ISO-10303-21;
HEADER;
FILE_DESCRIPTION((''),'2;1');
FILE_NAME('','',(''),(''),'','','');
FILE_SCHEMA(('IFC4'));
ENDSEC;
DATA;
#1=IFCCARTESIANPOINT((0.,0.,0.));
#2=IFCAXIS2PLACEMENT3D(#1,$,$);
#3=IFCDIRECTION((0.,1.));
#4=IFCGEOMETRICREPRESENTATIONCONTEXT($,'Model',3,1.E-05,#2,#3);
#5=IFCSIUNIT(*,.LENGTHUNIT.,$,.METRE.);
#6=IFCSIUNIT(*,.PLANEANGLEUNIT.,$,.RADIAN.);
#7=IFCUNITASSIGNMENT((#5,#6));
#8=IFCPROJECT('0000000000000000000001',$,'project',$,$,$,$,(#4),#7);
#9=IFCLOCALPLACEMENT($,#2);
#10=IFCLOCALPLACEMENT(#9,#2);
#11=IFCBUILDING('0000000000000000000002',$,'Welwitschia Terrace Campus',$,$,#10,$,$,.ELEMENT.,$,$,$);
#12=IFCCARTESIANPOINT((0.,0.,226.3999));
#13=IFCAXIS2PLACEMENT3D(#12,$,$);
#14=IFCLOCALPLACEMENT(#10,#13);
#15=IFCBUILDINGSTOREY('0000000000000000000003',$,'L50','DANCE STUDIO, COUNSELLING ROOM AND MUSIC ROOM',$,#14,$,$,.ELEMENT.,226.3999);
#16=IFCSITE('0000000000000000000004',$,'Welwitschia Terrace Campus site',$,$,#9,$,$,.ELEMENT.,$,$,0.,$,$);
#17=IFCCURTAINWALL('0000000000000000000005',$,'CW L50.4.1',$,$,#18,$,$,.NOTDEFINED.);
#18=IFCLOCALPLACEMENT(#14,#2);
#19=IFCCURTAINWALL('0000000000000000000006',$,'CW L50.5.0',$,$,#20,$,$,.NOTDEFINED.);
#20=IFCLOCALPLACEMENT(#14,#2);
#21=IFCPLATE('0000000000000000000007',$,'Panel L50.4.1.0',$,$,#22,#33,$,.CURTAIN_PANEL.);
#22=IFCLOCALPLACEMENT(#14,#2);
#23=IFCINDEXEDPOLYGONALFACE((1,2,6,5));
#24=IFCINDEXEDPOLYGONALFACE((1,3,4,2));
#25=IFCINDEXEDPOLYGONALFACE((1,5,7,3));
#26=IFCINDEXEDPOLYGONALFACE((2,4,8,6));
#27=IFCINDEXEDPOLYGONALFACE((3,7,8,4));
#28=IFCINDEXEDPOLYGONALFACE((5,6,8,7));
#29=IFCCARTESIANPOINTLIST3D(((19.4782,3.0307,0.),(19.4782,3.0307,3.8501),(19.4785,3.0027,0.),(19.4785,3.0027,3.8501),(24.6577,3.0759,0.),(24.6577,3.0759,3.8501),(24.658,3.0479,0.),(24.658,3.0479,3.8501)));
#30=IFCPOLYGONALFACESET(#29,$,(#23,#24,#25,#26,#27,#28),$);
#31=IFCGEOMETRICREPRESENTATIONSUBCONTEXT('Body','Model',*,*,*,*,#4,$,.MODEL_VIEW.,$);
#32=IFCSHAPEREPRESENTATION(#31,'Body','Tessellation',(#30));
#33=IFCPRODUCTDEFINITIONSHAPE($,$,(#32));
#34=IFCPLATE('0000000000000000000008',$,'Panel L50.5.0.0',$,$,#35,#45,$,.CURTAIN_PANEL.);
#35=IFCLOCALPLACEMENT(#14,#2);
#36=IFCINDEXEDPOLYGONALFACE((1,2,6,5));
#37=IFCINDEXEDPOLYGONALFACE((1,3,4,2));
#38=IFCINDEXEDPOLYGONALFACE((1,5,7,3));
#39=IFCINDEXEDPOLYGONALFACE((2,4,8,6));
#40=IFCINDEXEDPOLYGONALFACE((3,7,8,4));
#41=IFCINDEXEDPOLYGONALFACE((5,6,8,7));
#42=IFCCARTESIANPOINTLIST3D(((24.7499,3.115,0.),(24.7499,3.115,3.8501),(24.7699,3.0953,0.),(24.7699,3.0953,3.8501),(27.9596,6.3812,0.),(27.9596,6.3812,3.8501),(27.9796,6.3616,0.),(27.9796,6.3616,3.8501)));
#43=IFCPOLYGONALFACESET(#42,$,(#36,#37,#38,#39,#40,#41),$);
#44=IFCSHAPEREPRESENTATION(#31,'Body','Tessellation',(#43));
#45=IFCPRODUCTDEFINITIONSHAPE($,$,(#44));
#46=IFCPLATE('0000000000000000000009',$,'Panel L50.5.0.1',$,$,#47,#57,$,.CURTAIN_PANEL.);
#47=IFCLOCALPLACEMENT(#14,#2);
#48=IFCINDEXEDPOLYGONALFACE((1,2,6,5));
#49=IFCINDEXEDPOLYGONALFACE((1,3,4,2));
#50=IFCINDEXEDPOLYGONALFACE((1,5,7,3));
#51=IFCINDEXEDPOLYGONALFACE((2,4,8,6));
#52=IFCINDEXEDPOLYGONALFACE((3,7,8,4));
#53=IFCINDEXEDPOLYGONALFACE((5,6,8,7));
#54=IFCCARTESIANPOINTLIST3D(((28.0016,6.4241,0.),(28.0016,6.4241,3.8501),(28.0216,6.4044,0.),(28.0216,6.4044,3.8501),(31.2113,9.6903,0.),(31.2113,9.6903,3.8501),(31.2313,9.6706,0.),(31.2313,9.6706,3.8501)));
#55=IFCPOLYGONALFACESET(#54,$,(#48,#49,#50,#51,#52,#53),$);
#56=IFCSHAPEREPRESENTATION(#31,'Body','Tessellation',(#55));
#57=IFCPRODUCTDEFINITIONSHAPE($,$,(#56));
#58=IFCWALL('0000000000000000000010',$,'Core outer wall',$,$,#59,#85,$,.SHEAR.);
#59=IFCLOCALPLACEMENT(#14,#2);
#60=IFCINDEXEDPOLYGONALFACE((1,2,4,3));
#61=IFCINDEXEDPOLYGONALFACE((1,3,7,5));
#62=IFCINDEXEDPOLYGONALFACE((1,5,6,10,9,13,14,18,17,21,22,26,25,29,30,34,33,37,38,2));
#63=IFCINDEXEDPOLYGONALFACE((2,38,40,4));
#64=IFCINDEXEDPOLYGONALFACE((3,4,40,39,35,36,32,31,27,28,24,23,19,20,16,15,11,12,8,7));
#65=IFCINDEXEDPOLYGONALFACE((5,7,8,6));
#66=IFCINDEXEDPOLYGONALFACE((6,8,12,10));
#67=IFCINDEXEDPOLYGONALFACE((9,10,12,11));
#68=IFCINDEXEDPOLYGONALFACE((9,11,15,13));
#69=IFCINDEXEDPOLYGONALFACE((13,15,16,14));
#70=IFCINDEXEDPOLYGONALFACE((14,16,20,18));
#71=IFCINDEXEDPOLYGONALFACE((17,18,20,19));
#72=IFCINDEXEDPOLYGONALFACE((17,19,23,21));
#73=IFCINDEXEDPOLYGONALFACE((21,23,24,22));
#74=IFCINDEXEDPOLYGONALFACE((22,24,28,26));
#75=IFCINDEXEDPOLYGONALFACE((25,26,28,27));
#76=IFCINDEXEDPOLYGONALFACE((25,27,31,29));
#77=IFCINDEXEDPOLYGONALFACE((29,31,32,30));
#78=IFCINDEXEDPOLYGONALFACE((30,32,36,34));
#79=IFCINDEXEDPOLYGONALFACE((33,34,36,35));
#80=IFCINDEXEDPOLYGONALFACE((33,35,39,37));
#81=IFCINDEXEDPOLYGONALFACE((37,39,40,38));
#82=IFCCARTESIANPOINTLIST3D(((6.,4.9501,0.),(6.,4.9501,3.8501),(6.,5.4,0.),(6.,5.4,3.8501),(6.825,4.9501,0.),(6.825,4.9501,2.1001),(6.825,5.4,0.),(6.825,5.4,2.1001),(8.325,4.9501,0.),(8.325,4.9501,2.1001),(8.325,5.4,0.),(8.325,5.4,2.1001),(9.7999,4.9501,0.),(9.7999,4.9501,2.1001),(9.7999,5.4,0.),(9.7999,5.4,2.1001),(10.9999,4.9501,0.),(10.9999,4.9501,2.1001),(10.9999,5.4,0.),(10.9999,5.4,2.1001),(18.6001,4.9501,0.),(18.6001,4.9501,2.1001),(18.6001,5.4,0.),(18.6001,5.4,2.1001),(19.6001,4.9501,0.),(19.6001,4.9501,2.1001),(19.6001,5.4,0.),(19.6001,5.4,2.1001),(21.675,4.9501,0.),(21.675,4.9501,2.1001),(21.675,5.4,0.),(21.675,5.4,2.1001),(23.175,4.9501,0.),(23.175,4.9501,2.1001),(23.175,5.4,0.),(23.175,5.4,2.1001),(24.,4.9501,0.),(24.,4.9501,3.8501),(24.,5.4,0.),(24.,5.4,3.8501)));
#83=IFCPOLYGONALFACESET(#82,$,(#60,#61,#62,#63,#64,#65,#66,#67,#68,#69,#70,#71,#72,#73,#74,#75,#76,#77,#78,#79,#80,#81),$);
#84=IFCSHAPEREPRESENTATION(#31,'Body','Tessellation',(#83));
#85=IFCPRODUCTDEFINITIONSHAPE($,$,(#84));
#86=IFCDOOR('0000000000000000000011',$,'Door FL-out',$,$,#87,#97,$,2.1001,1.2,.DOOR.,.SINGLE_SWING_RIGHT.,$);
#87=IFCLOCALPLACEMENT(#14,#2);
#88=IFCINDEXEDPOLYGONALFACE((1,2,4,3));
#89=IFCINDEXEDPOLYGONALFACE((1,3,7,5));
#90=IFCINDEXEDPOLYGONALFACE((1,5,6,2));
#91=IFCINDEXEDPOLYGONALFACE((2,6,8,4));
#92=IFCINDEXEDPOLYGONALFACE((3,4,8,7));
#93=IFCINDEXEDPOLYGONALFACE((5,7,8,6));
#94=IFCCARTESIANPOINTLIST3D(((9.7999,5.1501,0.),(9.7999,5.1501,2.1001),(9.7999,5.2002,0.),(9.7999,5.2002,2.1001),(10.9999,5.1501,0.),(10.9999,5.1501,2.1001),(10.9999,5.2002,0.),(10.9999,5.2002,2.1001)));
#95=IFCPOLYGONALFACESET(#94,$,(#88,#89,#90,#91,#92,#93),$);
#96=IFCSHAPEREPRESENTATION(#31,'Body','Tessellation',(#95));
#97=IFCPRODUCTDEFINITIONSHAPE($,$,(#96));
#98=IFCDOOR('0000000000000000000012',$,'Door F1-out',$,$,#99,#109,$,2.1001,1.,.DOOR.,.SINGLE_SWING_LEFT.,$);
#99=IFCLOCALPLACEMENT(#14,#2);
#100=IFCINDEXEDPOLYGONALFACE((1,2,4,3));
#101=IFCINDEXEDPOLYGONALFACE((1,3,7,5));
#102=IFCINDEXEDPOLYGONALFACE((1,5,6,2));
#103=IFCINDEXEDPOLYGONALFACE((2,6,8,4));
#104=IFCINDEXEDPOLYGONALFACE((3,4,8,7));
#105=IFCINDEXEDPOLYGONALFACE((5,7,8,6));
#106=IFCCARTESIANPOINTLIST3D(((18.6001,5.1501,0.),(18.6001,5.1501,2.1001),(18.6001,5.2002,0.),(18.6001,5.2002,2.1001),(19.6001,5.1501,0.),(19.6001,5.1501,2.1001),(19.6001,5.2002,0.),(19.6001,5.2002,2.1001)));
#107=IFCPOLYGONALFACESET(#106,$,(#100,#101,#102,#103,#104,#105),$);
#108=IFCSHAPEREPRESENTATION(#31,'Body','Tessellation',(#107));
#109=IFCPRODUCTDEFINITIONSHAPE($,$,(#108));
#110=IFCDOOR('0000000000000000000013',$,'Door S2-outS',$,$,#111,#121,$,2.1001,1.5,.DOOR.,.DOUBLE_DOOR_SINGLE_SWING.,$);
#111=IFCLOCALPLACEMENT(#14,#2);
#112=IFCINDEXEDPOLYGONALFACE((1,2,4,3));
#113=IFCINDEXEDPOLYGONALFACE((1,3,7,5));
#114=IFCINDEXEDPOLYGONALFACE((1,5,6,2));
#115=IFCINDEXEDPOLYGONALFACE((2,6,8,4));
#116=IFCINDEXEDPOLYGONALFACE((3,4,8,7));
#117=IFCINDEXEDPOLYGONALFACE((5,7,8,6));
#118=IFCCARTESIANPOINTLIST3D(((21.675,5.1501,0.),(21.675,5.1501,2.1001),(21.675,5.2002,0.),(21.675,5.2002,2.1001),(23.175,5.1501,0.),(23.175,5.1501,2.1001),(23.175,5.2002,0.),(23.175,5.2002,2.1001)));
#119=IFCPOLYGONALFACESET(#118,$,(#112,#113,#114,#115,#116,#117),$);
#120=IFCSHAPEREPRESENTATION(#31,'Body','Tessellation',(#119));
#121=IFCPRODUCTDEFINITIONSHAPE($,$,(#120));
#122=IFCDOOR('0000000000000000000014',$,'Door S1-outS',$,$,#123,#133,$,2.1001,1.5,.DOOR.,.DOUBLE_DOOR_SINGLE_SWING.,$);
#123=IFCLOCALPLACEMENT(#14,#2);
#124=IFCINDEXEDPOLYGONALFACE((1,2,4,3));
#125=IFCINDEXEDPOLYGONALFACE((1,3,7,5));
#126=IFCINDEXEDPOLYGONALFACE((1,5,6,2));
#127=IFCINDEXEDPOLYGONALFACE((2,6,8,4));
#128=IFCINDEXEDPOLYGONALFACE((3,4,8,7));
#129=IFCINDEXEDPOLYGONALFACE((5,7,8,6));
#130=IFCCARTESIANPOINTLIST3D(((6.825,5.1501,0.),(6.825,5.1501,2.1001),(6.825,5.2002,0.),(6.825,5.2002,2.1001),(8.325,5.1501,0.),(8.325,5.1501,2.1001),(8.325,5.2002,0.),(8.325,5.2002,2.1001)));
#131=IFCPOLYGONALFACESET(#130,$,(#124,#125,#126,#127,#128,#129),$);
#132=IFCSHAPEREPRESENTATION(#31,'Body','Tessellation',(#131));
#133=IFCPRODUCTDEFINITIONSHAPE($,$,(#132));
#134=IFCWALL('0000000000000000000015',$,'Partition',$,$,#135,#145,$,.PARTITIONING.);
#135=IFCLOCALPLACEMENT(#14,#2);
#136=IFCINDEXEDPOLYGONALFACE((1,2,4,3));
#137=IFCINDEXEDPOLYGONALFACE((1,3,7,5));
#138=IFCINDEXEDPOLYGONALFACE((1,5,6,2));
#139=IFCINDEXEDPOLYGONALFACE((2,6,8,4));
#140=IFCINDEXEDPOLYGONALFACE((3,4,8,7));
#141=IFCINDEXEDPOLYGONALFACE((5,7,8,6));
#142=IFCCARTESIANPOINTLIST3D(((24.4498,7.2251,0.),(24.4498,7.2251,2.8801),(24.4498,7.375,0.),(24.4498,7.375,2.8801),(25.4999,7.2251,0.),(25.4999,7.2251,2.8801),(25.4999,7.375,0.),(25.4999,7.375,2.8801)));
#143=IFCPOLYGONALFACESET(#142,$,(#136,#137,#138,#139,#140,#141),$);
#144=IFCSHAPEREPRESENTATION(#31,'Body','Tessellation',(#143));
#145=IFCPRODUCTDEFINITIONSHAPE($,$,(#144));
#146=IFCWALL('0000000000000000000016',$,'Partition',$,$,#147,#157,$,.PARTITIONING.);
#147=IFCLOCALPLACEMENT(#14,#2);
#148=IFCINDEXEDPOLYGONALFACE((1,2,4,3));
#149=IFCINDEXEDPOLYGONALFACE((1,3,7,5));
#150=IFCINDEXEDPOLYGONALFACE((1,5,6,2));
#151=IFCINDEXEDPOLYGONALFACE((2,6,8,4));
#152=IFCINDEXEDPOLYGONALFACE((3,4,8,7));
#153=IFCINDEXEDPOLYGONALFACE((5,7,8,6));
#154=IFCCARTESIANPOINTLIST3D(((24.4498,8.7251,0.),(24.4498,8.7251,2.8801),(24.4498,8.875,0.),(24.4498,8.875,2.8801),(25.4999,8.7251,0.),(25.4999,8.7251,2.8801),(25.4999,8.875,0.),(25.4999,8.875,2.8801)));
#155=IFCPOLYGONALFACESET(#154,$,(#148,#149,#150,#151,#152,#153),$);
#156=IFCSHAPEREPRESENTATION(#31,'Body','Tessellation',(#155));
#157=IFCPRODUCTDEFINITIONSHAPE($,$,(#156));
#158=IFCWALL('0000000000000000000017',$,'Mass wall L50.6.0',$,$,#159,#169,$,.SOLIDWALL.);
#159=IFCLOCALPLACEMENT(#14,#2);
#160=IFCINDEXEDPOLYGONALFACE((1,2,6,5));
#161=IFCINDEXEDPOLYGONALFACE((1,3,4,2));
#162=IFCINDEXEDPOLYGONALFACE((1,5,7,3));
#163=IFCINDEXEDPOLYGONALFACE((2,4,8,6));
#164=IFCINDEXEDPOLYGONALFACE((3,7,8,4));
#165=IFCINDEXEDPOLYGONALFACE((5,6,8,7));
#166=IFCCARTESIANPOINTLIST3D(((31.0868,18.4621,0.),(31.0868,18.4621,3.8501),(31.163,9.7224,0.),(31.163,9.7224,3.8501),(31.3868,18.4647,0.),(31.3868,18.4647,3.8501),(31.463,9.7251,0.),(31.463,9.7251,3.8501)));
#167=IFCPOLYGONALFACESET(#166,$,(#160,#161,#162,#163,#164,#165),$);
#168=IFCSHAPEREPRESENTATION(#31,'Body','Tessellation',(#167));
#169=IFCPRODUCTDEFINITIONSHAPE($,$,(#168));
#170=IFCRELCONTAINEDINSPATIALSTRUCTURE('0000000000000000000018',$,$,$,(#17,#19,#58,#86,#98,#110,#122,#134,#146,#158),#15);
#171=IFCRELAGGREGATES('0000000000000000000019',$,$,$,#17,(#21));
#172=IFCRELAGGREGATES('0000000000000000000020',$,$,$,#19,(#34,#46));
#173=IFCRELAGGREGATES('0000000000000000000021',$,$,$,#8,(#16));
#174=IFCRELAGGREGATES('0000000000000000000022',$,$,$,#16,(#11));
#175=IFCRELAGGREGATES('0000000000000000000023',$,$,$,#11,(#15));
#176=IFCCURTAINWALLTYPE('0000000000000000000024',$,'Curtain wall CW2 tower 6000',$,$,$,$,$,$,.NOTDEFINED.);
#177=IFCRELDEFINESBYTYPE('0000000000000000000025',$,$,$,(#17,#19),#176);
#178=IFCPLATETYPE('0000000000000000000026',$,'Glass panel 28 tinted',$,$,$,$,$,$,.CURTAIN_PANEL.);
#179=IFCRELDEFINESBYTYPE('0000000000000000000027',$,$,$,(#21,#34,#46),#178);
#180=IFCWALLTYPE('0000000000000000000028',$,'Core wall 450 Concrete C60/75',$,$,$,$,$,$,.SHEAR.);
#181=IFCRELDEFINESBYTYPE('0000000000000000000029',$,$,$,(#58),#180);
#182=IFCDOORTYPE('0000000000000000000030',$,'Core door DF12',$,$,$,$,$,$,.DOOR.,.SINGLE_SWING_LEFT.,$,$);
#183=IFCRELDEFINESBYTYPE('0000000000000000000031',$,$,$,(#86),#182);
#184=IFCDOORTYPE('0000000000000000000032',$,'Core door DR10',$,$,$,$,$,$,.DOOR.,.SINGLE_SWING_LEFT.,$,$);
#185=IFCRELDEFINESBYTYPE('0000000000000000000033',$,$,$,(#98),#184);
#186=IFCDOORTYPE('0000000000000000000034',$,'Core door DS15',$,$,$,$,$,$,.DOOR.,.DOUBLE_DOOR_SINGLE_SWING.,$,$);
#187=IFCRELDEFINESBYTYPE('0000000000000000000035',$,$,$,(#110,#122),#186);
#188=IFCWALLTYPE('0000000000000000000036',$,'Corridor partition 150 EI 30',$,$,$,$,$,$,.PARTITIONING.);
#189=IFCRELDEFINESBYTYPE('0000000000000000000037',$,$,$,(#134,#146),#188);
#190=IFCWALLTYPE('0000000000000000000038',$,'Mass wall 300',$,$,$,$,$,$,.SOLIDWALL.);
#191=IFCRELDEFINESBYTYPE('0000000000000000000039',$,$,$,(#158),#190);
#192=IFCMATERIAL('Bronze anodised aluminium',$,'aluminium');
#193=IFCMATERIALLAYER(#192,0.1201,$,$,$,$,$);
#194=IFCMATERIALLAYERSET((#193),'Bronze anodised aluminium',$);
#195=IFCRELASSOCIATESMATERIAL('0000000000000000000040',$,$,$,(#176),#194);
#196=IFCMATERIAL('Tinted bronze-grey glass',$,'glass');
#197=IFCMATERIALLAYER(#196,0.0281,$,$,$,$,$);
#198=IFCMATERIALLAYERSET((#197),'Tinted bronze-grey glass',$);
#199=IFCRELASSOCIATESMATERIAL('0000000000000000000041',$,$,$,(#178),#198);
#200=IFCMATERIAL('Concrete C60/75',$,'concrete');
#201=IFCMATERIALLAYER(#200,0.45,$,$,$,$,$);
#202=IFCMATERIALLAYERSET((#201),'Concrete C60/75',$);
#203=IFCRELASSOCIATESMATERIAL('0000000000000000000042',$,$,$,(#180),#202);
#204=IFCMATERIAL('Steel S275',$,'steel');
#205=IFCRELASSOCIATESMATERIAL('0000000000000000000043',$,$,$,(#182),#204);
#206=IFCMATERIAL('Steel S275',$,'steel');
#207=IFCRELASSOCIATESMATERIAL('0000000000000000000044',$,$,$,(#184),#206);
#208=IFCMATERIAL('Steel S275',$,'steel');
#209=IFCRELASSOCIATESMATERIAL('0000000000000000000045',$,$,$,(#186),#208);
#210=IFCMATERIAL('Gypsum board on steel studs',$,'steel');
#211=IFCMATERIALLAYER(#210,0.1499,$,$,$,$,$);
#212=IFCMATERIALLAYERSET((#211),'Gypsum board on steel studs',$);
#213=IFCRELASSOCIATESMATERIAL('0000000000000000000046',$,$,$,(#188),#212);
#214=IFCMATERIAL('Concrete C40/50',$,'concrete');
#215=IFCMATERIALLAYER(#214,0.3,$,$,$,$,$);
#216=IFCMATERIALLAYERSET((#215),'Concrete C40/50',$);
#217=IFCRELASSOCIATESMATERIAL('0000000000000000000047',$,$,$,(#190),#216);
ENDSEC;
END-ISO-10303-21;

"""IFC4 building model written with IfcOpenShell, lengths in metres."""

from ifc_helpers import new_model, si_unit, direction, frame, frame_2d, origin, origin_2d, place, context, subcontext, project, spatial, rectangle, extrude, material, layer, layer_set, type_object, element, fill, aggregate, save


model = new_model("IFC4")

# Units and contexts
model_context = context("Model", 3, precision=1e-05, world=origin(), true_north=direction((0.0, 1.0)))
body_context = subcontext(model_context, "Body", "Model", "MODEL_VIEW")
ifc_project = project(units=[si_unit("LENGTHUNIT", "METRE"), si_unit("PLANEANGLEUNIT", "RADIAN")], contexts=[model_context])

# Site, building, storey
site_placement = place(None, origin())
site = spatial("IfcSite", under=ifc_project, at=site_placement, Name="Welwitschia Terrace Campus site", CompositionType="ELEMENT", RefElevation=0.0)
building_placement = place(site_placement, origin())
building = spatial("IfcBuilding", under=site, at=building_placement, Name="Welwitschia Terrace Campus", CompositionType="ELEMENT")
storey_placement = place(building_placement, frame((0.0, 0.0, 226.3999)))
storey = spatial("IfcBuildingStorey", under=building, at=storey_placement, Name="L50", Description="DANCE STUDIO, COUNSELLING ROOM AND MUSIC ROOM", CompositionType="ELEMENT", Elevation=226.3999)

# Curtain wall
ifc_material_1 = material(Name="Bronze anodised aluminium", Category="aluminium")
ifc_layer_1 = layer(ifc_material_1, 0.1201)
ifc_layer_set_1 = layer_set([ifc_layer_1], Name="Bronze anodised aluminium")
curtain_wall_type = type_object("IfcCurtainWallType", Name="Curtain wall CW2 tower 6000", PredefinedType="NOTDEFINED", material=ifc_layer_set_1)
curtain_wall_1_placement = place(storey_placement, origin())
curtain_wall_1 = element("IfcCurtainWall", 1, at=curtain_wall_1_placement, inside=storey, type_object=curtain_wall_type, Name="CW L50.4.1", PredefinedType="NOTDEFINED")

# Curtain wall
curtain_wall_2_placement = place(storey_placement, origin())
curtain_wall_2 = element("IfcCurtainWall", 2, at=curtain_wall_2_placement, inside=storey, type_object=curtain_wall_type, Name="CW L50.5.0", PredefinedType="NOTDEFINED")

# Plates
ifc_material_2 = material(Name="Tinted bronze-grey glass", Category="glass")
ifc_layer_2 = layer(ifc_material_2, 0.0281)
ifc_layer_set_2 = layer_set([ifc_layer_2], Name="Tinted bronze-grey glass")
plate_type = type_object("IfcPlateType", Name="Glass panel 28 tinted", PredefinedType="CURTAIN_PANEL", material=ifc_layer_set_2)
plate_1_placement = place(storey_placement, frame((22.0681, 3.0393, 0.0), z_axis=(0.0, 0.0, 1.0), x_axis=(0.999962, 0.008727, 0.0)))
plate_1 = element("IfcPlate", 3, at=plate_1_placement, type_object=plate_type, Name="Panel L50.4.1.0", PredefinedType="CURTAIN_PANEL", context=body_context, shape_type="SweptSolid", body=[
    extrude(rectangle(XDim=5.1797, YDim=0.0281, at=origin_2d()), origin(), (0.0, 0.0, 1.0), 3.8501),
])
aggregate(curtain_wall_1, [plate_1])
plate_2_placement = place(storey_placement, frame((26.3647, 4.7383, 0.0), z_axis=(0.0, 0.0, 1.0), x_axis=(0.700909, 0.71325, 0.0)))
plate_2 = element("IfcPlate", 4, at=plate_2_placement, type_object=plate_type, Name="Panel L50.5.0.0", PredefinedType="CURTAIN_PANEL", context=body_context, shape_type="SweptSolid", body=[
    extrude(rectangle(XDim=4.5793, YDim=0.0281, at=origin_2d()), origin(), (0.0, 0.0, 1.0), 3.8501),
])
plate_3_placement = place(storey_placement, frame((29.6165, 8.0474, 0.0), z_axis=(0.0, 0.0, 1.0), x_axis=(0.700909, 0.71325, 0.0)))
plate_3 = element("IfcPlate", 5, at=plate_3_placement, type_object=plate_type, Name="Panel L50.5.0.1", PredefinedType="CURTAIN_PANEL", context=body_context, shape_type="SweptSolid", body=[
    extrude(rectangle(XDim=4.5793, YDim=0.0281, at=origin_2d()), origin(), (0.0, 0.0, 1.0), 3.8501),
])
aggregate(curtain_wall_2, [plate_2, plate_3])

# Wall, openings, doors
ifc_material_3 = material(Name="Concrete C60/75", Category="concrete")
ifc_layer_3 = layer(ifc_material_3, 0.45)
ifc_layer_set_3 = layer_set([ifc_layer_3], Name="Concrete C60/75")
wall_type_1 = type_object("IfcWallType", Name="Core wall 450 Concrete C60/75", PredefinedType="SHEAR", material=ifc_layer_set_3)
wall_1_placement = place(storey_placement, frame((24.0, 5.175, 0.0), z_axis=(0.0, 0.0, 1.0), x_axis=(-1.0, 0.0, 0.0)))
wall_1 = element("IfcWall", 6, at=wall_1_placement, inside=storey, type_object=wall_type_1, Name="Core outer wall", PredefinedType="SHEAR", context=body_context, shape_type="SweptSolid", body=[
    extrude(rectangle(XDim=18.0, YDim=0.45, at=frame_2d((9.0, 0.0))), origin(), (0.0, 0.0, 1.0), 3.8501),
])
opening_1_placement = place(wall_1_placement, frame((0.825, 0.0, 0.0)))
opening_1 = element("IfcOpeningElement", 7, at=opening_1_placement, cuts=wall_1, PredefinedType="OPENING", context=body_context, shape_type="SweptSolid", body=[
    extrude(rectangle(XDim=1.5, YDim=2.1001, at=frame_2d((0.75, 1.05))), frame((0.0, 0.2349, 0.0), z_axis=(0.0, -1.0, 0.0), x_axis=(1.0, 0.0, 0.0)), (0.0, 0.0, 1.0), 0.47),
])
opening_2_placement = place(wall_1_placement, frame((15.675, 0.0, 0.0)))
opening_2 = element("IfcOpeningElement", 8, at=opening_2_placement, cuts=wall_1, PredefinedType="OPENING", context=body_context, shape_type="SweptSolid", body=[
    extrude(rectangle(XDim=1.5, YDim=2.1001, at=frame_2d((0.75, 1.05))), frame((0.0, 0.2349, 0.0), z_axis=(0.0, -1.0, 0.0), x_axis=(1.0, 0.0, 0.0)), (0.0, 0.0, 1.0), 0.47),
])
opening_3_placement = place(wall_1_placement, frame((13.0, 0.0, 0.0)))
opening_3 = element("IfcOpeningElement", 9, at=opening_3_placement, cuts=wall_1, PredefinedType="OPENING", context=body_context, shape_type="SweptSolid", body=[
    extrude(rectangle(XDim=1.2, YDim=2.1001, at=frame_2d((0.6001, 1.05))), frame((0.0, 0.2349, 0.0), z_axis=(0.0, -1.0, 0.0), x_axis=(1.0, 0.0, 0.0)), (0.0, 0.0, 1.0), 0.47),
])
opening_4_placement = place(wall_1_placement, frame((4.3999, 0.0, 0.0)))
opening_4 = element("IfcOpeningElement", 10, at=opening_4_placement, cuts=wall_1, PredefinedType="OPENING", context=body_context, shape_type="SweptSolid", body=[
    extrude(rectangle(XDim=1.0, YDim=2.1001, at=frame_2d((0.5, 1.05))), frame((0.0, 0.2349, 0.0), z_axis=(0.0, -1.0, 0.0), x_axis=(1.0, 0.0, 0.0)), (0.0, 0.0, 1.0), 0.47),
])
ifc_material_4 = material(Name="Steel S275", Category="steel")
door_type_1 = type_object("IfcDoorType", Name="Core door DF12", OperationType="SINGLE_SWING_LEFT", PredefinedType="DOOR", material=ifc_material_4)
door_1_placement = place(opening_3_placement, origin())
door_1 = element("IfcDoor", 11, at=door_1_placement, inside=storey, type_object=door_type_1, Name="Door FL-out", OperationType="SINGLE_SWING_RIGHT", OverallHeight=2.1001, OverallWidth=1.2, PredefinedType="DOOR", context=body_context, shape_type="SweptSolid", body=[
    extrude(rectangle(XDim=1.2, YDim=2.1001, at=frame_2d((0.6001, 1.05))), frame((0.0, 0.0249, 0.0), z_axis=(0.0, -1.0, 0.0), x_axis=(1.0, 0.0, 0.0)), (0.0, 0.0, 1.0), 0.05),
])
fill(opening_3, door_1)
ifc_material_5 = material(Name="Steel S275", Category="steel")
door_type_2 = type_object("IfcDoorType", Name="Core door DR10", OperationType="SINGLE_SWING_LEFT", PredefinedType="DOOR", material=ifc_material_5)
door_2_placement = place(opening_4_placement, origin())
door_2 = element("IfcDoor", 12, at=door_2_placement, inside=storey, type_object=door_type_2, Name="Door F1-out", OperationType="SINGLE_SWING_LEFT", OverallHeight=2.1001, OverallWidth=1.0, PredefinedType="DOOR", context=body_context, shape_type="SweptSolid", body=[
    extrude(rectangle(XDim=1.0, YDim=2.1001, at=frame_2d((0.5, 1.05))), frame((0.0, 0.0249, 0.0), z_axis=(0.0, -1.0, 0.0), x_axis=(1.0, 0.0, 0.0)), (0.0, 0.0, 1.0), 0.05),
])
fill(opening_4, door_2)
ifc_material_6 = material(Name="Steel S275", Category="steel")
door_type_3 = type_object("IfcDoorType", Name="Core door DS15", OperationType="DOUBLE_DOOR_SINGLE_SWING", PredefinedType="DOOR", material=ifc_material_6)
door_3_placement = place(opening_1_placement, origin())
door_3 = element("IfcDoor", 13, at=door_3_placement, inside=storey, type_object=door_type_3, Name="Door S2-outS", OperationType="DOUBLE_DOOR_SINGLE_SWING", OverallHeight=2.1001, OverallWidth=1.5, PredefinedType="DOOR", context=body_context, shape_type="SweptSolid", body=[
    extrude(rectangle(XDim=1.5, YDim=2.1001, at=frame_2d((0.75, 1.05))), frame((0.0, 0.0249, 0.0), z_axis=(0.0, -1.0, 0.0), x_axis=(1.0, 0.0, 0.0)), (0.0, 0.0, 1.0), 0.05),
])
fill(opening_1, door_3)
door_4_placement = place(opening_2_placement, origin())
door_4 = element("IfcDoor", 14, at=door_4_placement, inside=storey, type_object=door_type_3, Name="Door S1-outS", OperationType="DOUBLE_DOOR_SINGLE_SWING", OverallHeight=2.1001, OverallWidth=1.5, PredefinedType="DOOR", context=body_context, shape_type="SweptSolid", body=[
    extrude(rectangle(XDim=1.5, YDim=2.1001, at=frame_2d((0.75, 1.05))), frame((0.0, 0.0249, 0.0), z_axis=(0.0, -1.0, 0.0), x_axis=(1.0, 0.0, 0.0)), (0.0, 0.0, 1.0), 0.05),
])
fill(opening_2, door_4)

# Walls
ifc_material_7 = material(Name="Gypsum board on steel studs", Category="steel")
ifc_layer_4 = layer(ifc_material_7, 0.1499)
ifc_layer_set_4 = layer_set([ifc_layer_4], Name="Gypsum board on steel studs")
wall_type_2 = type_object("IfcWallType", Name="Corridor partition 150 EI 30", PredefinedType="PARTITIONING", material=ifc_layer_set_4)
for number, where, z_axis, x_axis, name in (
    (15, (24.45, 7.3, 0.0), (0.0, 0.0, 1.0), (1.0, 0.0, 0.0), "Partition"),
    (16, (24.45, 8.8, 0.0), (0.0, 0.0, 1.0), (1.0, 0.0, 0.0), "Partition"),
):
    element("IfcWall", number, at=place(storey_placement, frame(where, z_axis=z_axis, x_axis=x_axis)), inside=storey, type_object=wall_type_2, Name=name, PredefinedType="PARTITIONING", context=body_context, shape_type="SweptSolid", body=[
        extrude(rectangle(XDim=1.05, YDim=0.1499, at=frame_2d((0.5249, 0.0))), origin(), (0.0, 0.0, 1.0), 2.8801),
    ])
ifc_material_8 = material(Name="Concrete C40/50", Category="concrete")
ifc_layer_5 = layer(ifc_material_8, 0.3)
ifc_layer_set_5 = layer_set([ifc_layer_5], Name="Concrete C40/50")
wall_type_3 = type_object("IfcWallType", Name="Mass wall 300", PredefinedType="SOLIDWALL", material=ifc_layer_set_5)
wall_2_placement = place(storey_placement, frame((31.313, 9.7236, 0.0), z_axis=(0.0, 0.0, 1.0), x_axis=(-0.008715, 0.999962, 0.0)))
element("IfcWall", 17, at=wall_2_placement, inside=storey, type_object=wall_type_3, Name="Mass wall L50.6.0", PredefinedType="SOLIDWALL", context=body_context, shape_type="SweptSolid", body=[
    extrude(rectangle(XDim=8.74, YDim=0.3, at=frame_2d((4.3701, 0.0))), origin(), (0.0, 0.0, 1.0), 3.8501),
])

save(model, "model.ifc")
